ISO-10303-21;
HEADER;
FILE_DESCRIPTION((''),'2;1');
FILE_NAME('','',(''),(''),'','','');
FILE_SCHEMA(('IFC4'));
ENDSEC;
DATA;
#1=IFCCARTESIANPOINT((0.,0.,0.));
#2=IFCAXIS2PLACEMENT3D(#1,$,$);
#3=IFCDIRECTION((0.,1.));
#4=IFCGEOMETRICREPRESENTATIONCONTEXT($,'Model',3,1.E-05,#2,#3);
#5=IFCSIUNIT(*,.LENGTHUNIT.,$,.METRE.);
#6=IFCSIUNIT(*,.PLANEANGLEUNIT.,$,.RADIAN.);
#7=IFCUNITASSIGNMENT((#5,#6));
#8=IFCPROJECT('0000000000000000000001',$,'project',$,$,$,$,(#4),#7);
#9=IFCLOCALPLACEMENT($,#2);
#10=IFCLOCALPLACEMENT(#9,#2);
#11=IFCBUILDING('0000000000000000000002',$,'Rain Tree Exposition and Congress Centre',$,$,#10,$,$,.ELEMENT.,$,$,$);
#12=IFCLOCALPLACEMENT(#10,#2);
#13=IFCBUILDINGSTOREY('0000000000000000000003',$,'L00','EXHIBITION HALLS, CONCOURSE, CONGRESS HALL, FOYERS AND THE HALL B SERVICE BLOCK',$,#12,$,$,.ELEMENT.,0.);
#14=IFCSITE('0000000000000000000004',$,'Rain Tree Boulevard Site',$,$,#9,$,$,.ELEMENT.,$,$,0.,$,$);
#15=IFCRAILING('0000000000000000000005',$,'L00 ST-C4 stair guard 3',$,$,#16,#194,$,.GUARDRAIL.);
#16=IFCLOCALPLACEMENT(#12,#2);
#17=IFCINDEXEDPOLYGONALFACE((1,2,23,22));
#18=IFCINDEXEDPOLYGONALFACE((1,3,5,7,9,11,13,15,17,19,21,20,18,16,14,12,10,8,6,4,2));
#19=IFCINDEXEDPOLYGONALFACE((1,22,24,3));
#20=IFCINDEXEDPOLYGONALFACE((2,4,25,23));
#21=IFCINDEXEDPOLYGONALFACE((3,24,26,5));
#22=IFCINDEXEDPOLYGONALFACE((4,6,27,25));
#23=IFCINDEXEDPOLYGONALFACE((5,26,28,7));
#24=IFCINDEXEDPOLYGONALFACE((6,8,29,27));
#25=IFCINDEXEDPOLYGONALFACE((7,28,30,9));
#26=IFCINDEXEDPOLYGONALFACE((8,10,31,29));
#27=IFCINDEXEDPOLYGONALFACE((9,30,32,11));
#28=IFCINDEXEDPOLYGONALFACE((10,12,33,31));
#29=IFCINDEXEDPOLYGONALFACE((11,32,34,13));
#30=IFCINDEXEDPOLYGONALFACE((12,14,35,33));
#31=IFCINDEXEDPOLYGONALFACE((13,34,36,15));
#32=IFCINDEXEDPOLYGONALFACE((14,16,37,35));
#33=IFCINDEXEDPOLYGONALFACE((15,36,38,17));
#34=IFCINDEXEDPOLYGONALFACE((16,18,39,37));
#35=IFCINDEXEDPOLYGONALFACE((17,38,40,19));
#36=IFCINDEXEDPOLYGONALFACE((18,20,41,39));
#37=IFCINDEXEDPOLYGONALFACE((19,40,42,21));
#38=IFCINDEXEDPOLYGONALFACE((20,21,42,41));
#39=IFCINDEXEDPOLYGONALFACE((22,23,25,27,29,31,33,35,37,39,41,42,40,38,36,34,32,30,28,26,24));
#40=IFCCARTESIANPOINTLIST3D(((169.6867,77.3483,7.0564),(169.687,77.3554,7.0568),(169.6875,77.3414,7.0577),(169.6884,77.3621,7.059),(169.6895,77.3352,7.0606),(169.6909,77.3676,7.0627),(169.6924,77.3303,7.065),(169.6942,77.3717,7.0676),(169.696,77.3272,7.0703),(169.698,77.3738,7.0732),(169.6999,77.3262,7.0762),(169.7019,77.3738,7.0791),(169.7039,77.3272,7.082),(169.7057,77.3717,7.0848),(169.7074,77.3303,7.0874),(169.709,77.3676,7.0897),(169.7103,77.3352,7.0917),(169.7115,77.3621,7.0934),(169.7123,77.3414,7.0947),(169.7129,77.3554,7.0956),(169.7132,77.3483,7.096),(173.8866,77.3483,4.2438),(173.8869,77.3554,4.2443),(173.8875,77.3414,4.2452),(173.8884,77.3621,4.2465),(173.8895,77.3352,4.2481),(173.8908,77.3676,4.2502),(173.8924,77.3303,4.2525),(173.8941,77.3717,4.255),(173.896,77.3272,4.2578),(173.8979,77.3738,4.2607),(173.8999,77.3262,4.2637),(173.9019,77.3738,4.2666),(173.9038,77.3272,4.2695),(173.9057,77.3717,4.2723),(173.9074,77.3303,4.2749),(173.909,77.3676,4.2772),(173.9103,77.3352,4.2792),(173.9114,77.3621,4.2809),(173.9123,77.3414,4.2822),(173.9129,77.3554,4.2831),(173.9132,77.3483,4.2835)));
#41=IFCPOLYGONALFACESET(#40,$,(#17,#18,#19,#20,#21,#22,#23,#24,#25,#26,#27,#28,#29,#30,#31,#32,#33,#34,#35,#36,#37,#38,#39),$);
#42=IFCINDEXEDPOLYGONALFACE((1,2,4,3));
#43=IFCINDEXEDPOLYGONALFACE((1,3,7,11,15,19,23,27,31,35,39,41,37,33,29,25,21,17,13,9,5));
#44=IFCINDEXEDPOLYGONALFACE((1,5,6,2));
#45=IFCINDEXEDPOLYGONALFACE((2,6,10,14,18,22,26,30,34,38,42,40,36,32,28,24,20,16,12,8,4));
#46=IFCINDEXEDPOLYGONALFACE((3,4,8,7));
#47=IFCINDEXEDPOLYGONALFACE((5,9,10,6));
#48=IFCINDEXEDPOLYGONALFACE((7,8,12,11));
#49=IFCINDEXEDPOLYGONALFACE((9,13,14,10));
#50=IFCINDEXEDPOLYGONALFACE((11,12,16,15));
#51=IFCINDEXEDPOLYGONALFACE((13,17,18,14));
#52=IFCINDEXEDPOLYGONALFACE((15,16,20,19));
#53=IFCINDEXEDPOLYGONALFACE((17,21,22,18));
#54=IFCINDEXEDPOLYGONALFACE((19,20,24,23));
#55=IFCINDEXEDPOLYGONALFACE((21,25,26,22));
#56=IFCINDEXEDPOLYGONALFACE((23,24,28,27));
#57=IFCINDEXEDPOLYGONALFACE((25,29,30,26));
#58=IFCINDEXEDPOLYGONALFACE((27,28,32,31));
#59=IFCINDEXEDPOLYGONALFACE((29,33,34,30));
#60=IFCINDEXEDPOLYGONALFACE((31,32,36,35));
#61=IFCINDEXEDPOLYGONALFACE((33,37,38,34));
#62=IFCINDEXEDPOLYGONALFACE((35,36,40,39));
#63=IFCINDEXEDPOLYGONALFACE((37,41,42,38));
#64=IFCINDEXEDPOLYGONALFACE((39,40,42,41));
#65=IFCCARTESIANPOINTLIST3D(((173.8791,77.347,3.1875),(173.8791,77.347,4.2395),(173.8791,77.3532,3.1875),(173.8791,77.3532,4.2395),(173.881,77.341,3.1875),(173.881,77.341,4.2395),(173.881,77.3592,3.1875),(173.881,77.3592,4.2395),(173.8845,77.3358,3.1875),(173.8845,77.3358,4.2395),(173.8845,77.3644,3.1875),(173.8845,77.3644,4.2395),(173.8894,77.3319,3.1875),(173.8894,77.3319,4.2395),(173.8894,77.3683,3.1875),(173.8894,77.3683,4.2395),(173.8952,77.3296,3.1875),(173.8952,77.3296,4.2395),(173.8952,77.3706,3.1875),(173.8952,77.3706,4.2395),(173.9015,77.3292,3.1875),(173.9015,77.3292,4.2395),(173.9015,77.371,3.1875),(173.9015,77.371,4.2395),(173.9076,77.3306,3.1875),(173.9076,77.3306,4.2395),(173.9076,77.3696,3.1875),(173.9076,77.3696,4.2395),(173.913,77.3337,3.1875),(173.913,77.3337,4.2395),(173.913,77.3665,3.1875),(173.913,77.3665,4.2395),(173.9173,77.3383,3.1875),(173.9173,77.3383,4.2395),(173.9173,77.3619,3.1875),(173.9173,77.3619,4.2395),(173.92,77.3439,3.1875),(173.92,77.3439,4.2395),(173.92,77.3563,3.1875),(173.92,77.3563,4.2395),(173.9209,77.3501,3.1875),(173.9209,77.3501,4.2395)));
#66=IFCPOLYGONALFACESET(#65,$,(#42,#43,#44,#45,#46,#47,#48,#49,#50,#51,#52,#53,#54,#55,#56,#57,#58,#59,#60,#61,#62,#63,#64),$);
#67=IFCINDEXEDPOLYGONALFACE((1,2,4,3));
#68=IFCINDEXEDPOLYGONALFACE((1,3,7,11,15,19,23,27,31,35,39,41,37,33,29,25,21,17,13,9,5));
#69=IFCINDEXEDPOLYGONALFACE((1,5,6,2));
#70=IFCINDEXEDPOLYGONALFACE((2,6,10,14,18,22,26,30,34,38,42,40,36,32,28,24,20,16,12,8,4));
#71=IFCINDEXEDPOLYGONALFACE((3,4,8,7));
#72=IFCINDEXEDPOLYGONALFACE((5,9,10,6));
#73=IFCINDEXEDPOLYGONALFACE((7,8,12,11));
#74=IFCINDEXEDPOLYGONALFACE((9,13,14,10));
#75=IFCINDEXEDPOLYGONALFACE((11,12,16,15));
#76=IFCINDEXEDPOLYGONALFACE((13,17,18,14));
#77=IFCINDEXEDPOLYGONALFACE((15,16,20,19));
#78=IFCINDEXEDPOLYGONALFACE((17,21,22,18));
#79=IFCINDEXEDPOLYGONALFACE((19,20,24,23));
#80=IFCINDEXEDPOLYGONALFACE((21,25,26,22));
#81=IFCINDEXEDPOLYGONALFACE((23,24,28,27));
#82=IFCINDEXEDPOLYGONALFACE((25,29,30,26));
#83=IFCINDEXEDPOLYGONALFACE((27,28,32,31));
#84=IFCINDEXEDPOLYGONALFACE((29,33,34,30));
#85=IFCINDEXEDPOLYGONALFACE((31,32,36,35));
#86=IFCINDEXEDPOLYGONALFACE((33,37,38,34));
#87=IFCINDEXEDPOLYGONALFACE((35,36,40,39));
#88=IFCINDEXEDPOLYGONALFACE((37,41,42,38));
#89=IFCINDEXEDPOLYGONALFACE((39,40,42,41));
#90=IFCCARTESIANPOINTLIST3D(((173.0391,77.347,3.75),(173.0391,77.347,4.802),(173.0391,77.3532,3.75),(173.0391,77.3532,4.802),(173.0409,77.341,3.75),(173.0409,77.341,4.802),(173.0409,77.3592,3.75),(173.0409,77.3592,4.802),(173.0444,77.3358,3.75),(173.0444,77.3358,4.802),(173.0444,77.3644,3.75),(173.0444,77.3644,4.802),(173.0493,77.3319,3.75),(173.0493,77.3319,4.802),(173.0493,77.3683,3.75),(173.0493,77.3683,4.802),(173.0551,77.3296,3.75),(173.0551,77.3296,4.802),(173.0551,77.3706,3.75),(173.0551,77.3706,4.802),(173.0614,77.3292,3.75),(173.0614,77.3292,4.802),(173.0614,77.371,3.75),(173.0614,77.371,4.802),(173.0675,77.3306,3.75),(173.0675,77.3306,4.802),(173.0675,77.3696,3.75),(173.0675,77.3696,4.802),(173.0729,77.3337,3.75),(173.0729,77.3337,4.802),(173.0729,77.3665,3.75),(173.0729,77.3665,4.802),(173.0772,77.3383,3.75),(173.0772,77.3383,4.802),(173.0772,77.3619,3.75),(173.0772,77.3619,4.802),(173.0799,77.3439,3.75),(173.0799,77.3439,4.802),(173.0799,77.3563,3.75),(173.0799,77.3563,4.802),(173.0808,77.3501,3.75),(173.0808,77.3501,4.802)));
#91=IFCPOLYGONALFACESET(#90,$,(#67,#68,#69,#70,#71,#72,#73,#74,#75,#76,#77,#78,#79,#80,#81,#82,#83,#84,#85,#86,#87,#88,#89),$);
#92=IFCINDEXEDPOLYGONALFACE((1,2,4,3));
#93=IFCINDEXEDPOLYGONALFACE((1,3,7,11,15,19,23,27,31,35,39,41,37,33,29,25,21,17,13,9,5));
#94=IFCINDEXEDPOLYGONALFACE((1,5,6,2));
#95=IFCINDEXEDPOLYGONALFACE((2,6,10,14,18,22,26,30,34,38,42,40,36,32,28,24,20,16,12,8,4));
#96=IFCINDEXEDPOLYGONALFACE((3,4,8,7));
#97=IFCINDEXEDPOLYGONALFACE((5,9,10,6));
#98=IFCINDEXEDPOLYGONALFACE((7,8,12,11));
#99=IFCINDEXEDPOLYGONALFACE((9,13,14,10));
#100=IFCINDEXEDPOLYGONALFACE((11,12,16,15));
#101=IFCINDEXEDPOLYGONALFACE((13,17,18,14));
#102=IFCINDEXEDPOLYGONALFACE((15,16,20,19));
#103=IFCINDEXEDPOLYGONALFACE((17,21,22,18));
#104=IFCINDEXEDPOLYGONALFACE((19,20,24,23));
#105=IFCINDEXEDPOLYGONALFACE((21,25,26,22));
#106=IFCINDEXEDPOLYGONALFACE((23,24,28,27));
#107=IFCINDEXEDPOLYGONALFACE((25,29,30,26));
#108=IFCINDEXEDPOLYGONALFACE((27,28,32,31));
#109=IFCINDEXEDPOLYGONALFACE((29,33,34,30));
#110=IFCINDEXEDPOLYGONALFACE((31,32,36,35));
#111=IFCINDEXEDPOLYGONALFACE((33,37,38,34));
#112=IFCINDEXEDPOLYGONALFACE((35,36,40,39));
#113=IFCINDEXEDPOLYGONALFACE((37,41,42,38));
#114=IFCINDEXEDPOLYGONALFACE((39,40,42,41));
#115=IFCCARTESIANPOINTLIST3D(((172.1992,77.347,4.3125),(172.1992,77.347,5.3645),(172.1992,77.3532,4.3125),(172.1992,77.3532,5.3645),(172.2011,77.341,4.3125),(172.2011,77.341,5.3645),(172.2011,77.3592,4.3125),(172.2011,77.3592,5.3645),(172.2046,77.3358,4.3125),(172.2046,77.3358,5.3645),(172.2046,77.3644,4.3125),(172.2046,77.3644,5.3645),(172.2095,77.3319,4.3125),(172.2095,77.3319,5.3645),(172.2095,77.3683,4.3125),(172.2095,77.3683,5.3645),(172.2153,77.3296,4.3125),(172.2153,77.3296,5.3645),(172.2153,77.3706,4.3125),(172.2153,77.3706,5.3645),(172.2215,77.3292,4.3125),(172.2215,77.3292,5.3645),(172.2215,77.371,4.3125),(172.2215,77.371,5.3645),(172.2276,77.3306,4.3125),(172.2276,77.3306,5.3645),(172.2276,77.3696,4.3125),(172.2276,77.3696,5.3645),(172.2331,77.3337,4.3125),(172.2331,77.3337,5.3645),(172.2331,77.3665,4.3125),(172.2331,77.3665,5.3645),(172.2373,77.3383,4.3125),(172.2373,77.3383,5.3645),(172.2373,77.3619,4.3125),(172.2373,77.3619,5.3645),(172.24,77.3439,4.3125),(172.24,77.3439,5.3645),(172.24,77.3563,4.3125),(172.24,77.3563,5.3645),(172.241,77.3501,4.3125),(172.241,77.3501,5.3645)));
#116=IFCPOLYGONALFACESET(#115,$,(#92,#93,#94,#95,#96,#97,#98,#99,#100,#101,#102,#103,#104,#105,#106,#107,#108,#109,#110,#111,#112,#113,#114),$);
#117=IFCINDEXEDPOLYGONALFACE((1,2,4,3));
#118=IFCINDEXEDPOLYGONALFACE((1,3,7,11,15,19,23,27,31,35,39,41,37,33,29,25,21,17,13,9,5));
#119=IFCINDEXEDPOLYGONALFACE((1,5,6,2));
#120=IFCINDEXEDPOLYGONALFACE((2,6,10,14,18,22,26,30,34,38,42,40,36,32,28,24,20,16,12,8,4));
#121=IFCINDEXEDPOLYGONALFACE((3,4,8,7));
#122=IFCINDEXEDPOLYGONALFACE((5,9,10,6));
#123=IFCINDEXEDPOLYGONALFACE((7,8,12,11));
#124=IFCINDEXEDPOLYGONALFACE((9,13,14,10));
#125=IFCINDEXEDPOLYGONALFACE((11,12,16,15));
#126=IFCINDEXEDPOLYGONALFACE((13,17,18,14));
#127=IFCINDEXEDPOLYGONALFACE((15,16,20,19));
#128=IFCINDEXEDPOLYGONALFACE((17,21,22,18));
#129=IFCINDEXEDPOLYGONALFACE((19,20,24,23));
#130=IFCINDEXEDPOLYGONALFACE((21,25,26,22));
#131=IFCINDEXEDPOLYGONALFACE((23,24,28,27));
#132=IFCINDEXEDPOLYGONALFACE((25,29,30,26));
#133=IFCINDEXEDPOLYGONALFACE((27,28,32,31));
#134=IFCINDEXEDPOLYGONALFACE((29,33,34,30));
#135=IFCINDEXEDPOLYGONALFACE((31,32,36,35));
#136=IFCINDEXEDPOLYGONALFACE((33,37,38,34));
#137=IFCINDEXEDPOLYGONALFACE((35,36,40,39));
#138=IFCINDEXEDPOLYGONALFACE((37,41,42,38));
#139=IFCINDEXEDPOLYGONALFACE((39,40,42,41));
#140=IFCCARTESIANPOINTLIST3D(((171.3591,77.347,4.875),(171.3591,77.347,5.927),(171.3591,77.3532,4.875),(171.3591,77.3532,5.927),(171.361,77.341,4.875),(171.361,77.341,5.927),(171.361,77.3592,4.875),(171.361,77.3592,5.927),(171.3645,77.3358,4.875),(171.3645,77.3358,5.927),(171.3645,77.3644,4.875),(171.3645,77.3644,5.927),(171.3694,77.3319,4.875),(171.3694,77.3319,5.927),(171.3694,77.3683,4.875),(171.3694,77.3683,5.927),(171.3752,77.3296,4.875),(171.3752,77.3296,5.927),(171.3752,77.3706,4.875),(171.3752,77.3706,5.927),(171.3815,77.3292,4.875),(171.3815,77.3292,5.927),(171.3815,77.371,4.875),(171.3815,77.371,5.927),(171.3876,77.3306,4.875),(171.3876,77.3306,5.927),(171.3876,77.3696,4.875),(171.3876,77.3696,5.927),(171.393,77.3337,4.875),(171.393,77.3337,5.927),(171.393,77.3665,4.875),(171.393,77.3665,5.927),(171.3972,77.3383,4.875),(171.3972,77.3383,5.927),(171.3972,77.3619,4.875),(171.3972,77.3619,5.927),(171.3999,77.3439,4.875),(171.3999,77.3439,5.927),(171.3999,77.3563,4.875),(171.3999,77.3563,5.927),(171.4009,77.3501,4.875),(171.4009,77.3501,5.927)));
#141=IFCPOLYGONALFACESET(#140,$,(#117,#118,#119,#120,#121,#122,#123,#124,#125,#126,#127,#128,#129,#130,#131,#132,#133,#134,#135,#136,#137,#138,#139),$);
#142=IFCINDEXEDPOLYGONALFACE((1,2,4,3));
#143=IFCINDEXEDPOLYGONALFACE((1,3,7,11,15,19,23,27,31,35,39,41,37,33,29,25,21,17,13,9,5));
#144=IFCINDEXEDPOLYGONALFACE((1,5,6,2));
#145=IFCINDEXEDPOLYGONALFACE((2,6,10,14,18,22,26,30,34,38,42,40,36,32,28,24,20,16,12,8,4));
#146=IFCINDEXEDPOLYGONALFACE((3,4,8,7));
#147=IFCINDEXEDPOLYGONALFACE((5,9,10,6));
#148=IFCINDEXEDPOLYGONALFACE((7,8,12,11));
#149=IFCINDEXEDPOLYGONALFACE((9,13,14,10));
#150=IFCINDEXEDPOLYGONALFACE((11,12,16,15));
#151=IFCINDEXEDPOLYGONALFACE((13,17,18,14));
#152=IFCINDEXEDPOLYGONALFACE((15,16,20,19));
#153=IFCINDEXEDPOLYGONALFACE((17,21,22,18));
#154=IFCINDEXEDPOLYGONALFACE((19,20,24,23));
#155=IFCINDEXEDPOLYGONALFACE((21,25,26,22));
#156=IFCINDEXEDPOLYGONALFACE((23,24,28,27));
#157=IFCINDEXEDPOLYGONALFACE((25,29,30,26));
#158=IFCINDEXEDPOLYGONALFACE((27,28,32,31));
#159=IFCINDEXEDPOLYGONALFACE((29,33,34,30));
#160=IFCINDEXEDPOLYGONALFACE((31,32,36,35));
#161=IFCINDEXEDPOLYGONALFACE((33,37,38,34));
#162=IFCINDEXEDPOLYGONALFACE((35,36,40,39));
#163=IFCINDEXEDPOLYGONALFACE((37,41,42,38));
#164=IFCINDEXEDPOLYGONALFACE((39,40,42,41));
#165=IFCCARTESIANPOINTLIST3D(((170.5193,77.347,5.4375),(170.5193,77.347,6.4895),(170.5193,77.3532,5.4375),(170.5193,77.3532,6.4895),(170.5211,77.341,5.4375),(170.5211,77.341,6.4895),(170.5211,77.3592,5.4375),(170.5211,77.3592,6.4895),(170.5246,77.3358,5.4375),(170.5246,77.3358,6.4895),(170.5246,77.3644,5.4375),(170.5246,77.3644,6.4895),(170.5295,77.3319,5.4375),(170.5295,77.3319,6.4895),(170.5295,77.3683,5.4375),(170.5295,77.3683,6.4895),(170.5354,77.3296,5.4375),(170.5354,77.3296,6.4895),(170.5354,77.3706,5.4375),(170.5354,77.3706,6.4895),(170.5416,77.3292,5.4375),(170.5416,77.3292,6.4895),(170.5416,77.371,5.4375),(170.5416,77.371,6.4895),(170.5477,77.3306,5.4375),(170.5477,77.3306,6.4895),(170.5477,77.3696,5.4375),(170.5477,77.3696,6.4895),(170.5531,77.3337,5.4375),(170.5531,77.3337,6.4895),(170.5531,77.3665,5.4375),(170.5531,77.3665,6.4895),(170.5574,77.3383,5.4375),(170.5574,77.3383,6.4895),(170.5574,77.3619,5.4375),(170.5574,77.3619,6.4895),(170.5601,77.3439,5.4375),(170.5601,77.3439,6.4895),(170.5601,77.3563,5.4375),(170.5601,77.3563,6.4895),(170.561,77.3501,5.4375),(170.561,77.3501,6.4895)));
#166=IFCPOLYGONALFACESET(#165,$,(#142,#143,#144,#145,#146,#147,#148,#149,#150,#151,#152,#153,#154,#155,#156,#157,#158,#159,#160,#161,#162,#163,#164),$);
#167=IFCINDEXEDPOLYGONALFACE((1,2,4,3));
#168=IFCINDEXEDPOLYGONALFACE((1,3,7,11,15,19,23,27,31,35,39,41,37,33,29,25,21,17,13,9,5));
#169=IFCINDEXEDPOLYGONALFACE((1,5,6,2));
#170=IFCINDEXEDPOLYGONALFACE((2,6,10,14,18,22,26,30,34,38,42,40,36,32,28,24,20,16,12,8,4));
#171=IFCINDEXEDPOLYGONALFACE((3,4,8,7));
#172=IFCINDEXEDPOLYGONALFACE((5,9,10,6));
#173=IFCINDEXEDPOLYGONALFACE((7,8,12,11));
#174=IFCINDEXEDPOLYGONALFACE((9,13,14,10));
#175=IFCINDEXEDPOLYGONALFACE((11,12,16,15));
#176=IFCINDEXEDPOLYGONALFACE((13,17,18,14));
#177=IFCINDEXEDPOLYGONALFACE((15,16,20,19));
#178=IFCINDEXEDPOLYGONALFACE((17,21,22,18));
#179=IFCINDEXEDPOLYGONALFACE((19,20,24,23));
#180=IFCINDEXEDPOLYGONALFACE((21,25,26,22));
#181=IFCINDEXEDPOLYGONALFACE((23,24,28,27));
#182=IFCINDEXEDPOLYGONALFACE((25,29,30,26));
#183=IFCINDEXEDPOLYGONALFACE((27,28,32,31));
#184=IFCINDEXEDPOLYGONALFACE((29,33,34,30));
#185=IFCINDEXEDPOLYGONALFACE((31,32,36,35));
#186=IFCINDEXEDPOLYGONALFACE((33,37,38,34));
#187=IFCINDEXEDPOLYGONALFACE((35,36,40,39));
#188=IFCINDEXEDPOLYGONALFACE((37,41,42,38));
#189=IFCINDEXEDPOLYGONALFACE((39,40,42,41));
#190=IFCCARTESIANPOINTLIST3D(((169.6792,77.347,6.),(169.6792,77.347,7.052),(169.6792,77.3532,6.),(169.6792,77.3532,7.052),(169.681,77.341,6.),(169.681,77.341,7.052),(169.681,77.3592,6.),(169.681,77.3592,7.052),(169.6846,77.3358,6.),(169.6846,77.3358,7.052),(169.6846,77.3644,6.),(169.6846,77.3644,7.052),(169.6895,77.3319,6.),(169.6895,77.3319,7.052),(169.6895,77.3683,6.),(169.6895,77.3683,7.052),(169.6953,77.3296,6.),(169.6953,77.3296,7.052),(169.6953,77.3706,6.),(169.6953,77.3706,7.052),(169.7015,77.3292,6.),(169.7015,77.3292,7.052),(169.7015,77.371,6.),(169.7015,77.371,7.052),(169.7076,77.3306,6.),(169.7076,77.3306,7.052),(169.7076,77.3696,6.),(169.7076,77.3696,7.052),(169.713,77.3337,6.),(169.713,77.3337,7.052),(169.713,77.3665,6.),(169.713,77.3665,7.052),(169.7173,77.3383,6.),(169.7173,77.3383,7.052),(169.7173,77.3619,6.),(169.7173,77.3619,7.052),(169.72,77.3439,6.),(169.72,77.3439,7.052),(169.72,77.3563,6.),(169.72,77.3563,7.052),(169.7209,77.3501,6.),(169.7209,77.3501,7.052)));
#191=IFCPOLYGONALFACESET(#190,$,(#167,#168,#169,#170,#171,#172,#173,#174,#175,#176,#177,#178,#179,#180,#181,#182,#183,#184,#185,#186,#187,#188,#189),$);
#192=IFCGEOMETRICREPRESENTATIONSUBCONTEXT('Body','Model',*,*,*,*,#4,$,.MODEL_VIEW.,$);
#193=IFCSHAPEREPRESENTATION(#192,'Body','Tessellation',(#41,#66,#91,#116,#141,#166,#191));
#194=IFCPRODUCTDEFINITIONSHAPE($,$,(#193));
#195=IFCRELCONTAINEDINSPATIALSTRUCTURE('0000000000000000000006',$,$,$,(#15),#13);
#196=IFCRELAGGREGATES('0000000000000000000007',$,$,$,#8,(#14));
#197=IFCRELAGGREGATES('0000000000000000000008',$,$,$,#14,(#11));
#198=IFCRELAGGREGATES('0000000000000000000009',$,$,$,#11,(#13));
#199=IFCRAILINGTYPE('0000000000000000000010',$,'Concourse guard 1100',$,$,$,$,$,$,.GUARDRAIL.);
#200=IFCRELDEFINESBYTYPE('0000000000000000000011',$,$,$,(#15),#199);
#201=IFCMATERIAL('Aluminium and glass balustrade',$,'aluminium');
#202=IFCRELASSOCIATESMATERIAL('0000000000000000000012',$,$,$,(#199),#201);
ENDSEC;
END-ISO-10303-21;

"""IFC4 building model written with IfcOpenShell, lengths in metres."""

from ifc_helpers import new_model, si_unit, direction, frame, origin, origin_2d, place, context, subcontext, project, spatial, circle, extrude, material, type_object, element, save


model = new_model("IFC4")

# Units and contexts
model_context = context("Model", 3, precision=1e-05, world=origin(), true_north=direction((0.0, 1.0)))
body_context = subcontext(model_context, "Body", "Model", "MODEL_VIEW")
ifc_project = project(units=[si_unit("LENGTHUNIT", "METRE"), si_unit("PLANEANGLEUNIT", "RADIAN")], contexts=[model_context])

# Site, building, storey
site_placement = place(None, origin())
site = spatial("IfcSite", under=ifc_project, at=site_placement, Name="Rain Tree Boulevard Site", CompositionType="ELEMENT", RefElevation=0.0)
building_placement = place(site_placement, origin())
building = spatial("IfcBuilding", under=site, at=building_placement, Name="Rain Tree Exposition and Congress Centre", CompositionType="ELEMENT")
storey_placement = place(building_placement, origin())
storey = spatial("IfcBuildingStorey", under=building, at=storey_placement, Name="L00", Description="EXHIBITION HALLS, CONCOURSE, CONGRESS HALL, FOYERS AND THE HALL B SERVICE BLOCK", CompositionType="ELEMENT", Elevation=0.0)

# Railing
ifc_material_1 = material(Name="Aluminium and glass balustrade", Category="aluminium")
railing_type_1 = type_object("IfcRailingType", Name="Concourse guard 1100", PredefinedType="GUARDRAIL", material=ifc_material_1)
railing_1_placement = place(storey_placement, frame((173.8999, 77.3501, 3.1875)))
element("IfcRailing", 1, at=railing_1_placement, inside=storey, type_object=railing_type_1, Name="L00 ST-C4 stair guard 3", PredefinedType="GUARDRAIL", context=body_context, shape_type="SweptSolid", body=[
    extrude(circle(Radius=0.0239, at=origin_2d()), frame((0.0, 0.0, 1.0762), z_axis=(-0.830904, 0.0, 0.556416), x_axis=(0.0, -1.0, 0.0)), (0.0, 0.0, 1.0), 5.0547),
    extrude(circle(Radius=0.021, at=origin_2d()), origin(), (0.0, 0.0, 1.0), 1.052),
    extrude(circle(Radius=0.021, at=origin_2d()), frame((-0.8401, 0.0, 0.5625)), (0.0, 0.0, 1.0), 1.052),
    extrude(circle(Radius=0.021, at=origin_2d()), frame((-1.6799, 0.0, 1.125)), (0.0, 0.0, 1.0), 1.052),
    extrude(circle(Radius=0.021, at=origin_2d()), frame((-2.52, 0.0, 1.6875)), (0.0, 0.0, 1.0), 1.052),
    extrude(circle(Radius=0.021, at=origin_2d()), frame((-3.3599, 0.0, 2.25)), (0.0, 0.0, 1.0), 1.052),
    extrude(circle(Radius=0.021, at=origin_2d()), frame((-4.2, 0.0, 2.8125)), (0.0, 0.0, 1.0), 1.052),
])

save(model, "model.ifc")
